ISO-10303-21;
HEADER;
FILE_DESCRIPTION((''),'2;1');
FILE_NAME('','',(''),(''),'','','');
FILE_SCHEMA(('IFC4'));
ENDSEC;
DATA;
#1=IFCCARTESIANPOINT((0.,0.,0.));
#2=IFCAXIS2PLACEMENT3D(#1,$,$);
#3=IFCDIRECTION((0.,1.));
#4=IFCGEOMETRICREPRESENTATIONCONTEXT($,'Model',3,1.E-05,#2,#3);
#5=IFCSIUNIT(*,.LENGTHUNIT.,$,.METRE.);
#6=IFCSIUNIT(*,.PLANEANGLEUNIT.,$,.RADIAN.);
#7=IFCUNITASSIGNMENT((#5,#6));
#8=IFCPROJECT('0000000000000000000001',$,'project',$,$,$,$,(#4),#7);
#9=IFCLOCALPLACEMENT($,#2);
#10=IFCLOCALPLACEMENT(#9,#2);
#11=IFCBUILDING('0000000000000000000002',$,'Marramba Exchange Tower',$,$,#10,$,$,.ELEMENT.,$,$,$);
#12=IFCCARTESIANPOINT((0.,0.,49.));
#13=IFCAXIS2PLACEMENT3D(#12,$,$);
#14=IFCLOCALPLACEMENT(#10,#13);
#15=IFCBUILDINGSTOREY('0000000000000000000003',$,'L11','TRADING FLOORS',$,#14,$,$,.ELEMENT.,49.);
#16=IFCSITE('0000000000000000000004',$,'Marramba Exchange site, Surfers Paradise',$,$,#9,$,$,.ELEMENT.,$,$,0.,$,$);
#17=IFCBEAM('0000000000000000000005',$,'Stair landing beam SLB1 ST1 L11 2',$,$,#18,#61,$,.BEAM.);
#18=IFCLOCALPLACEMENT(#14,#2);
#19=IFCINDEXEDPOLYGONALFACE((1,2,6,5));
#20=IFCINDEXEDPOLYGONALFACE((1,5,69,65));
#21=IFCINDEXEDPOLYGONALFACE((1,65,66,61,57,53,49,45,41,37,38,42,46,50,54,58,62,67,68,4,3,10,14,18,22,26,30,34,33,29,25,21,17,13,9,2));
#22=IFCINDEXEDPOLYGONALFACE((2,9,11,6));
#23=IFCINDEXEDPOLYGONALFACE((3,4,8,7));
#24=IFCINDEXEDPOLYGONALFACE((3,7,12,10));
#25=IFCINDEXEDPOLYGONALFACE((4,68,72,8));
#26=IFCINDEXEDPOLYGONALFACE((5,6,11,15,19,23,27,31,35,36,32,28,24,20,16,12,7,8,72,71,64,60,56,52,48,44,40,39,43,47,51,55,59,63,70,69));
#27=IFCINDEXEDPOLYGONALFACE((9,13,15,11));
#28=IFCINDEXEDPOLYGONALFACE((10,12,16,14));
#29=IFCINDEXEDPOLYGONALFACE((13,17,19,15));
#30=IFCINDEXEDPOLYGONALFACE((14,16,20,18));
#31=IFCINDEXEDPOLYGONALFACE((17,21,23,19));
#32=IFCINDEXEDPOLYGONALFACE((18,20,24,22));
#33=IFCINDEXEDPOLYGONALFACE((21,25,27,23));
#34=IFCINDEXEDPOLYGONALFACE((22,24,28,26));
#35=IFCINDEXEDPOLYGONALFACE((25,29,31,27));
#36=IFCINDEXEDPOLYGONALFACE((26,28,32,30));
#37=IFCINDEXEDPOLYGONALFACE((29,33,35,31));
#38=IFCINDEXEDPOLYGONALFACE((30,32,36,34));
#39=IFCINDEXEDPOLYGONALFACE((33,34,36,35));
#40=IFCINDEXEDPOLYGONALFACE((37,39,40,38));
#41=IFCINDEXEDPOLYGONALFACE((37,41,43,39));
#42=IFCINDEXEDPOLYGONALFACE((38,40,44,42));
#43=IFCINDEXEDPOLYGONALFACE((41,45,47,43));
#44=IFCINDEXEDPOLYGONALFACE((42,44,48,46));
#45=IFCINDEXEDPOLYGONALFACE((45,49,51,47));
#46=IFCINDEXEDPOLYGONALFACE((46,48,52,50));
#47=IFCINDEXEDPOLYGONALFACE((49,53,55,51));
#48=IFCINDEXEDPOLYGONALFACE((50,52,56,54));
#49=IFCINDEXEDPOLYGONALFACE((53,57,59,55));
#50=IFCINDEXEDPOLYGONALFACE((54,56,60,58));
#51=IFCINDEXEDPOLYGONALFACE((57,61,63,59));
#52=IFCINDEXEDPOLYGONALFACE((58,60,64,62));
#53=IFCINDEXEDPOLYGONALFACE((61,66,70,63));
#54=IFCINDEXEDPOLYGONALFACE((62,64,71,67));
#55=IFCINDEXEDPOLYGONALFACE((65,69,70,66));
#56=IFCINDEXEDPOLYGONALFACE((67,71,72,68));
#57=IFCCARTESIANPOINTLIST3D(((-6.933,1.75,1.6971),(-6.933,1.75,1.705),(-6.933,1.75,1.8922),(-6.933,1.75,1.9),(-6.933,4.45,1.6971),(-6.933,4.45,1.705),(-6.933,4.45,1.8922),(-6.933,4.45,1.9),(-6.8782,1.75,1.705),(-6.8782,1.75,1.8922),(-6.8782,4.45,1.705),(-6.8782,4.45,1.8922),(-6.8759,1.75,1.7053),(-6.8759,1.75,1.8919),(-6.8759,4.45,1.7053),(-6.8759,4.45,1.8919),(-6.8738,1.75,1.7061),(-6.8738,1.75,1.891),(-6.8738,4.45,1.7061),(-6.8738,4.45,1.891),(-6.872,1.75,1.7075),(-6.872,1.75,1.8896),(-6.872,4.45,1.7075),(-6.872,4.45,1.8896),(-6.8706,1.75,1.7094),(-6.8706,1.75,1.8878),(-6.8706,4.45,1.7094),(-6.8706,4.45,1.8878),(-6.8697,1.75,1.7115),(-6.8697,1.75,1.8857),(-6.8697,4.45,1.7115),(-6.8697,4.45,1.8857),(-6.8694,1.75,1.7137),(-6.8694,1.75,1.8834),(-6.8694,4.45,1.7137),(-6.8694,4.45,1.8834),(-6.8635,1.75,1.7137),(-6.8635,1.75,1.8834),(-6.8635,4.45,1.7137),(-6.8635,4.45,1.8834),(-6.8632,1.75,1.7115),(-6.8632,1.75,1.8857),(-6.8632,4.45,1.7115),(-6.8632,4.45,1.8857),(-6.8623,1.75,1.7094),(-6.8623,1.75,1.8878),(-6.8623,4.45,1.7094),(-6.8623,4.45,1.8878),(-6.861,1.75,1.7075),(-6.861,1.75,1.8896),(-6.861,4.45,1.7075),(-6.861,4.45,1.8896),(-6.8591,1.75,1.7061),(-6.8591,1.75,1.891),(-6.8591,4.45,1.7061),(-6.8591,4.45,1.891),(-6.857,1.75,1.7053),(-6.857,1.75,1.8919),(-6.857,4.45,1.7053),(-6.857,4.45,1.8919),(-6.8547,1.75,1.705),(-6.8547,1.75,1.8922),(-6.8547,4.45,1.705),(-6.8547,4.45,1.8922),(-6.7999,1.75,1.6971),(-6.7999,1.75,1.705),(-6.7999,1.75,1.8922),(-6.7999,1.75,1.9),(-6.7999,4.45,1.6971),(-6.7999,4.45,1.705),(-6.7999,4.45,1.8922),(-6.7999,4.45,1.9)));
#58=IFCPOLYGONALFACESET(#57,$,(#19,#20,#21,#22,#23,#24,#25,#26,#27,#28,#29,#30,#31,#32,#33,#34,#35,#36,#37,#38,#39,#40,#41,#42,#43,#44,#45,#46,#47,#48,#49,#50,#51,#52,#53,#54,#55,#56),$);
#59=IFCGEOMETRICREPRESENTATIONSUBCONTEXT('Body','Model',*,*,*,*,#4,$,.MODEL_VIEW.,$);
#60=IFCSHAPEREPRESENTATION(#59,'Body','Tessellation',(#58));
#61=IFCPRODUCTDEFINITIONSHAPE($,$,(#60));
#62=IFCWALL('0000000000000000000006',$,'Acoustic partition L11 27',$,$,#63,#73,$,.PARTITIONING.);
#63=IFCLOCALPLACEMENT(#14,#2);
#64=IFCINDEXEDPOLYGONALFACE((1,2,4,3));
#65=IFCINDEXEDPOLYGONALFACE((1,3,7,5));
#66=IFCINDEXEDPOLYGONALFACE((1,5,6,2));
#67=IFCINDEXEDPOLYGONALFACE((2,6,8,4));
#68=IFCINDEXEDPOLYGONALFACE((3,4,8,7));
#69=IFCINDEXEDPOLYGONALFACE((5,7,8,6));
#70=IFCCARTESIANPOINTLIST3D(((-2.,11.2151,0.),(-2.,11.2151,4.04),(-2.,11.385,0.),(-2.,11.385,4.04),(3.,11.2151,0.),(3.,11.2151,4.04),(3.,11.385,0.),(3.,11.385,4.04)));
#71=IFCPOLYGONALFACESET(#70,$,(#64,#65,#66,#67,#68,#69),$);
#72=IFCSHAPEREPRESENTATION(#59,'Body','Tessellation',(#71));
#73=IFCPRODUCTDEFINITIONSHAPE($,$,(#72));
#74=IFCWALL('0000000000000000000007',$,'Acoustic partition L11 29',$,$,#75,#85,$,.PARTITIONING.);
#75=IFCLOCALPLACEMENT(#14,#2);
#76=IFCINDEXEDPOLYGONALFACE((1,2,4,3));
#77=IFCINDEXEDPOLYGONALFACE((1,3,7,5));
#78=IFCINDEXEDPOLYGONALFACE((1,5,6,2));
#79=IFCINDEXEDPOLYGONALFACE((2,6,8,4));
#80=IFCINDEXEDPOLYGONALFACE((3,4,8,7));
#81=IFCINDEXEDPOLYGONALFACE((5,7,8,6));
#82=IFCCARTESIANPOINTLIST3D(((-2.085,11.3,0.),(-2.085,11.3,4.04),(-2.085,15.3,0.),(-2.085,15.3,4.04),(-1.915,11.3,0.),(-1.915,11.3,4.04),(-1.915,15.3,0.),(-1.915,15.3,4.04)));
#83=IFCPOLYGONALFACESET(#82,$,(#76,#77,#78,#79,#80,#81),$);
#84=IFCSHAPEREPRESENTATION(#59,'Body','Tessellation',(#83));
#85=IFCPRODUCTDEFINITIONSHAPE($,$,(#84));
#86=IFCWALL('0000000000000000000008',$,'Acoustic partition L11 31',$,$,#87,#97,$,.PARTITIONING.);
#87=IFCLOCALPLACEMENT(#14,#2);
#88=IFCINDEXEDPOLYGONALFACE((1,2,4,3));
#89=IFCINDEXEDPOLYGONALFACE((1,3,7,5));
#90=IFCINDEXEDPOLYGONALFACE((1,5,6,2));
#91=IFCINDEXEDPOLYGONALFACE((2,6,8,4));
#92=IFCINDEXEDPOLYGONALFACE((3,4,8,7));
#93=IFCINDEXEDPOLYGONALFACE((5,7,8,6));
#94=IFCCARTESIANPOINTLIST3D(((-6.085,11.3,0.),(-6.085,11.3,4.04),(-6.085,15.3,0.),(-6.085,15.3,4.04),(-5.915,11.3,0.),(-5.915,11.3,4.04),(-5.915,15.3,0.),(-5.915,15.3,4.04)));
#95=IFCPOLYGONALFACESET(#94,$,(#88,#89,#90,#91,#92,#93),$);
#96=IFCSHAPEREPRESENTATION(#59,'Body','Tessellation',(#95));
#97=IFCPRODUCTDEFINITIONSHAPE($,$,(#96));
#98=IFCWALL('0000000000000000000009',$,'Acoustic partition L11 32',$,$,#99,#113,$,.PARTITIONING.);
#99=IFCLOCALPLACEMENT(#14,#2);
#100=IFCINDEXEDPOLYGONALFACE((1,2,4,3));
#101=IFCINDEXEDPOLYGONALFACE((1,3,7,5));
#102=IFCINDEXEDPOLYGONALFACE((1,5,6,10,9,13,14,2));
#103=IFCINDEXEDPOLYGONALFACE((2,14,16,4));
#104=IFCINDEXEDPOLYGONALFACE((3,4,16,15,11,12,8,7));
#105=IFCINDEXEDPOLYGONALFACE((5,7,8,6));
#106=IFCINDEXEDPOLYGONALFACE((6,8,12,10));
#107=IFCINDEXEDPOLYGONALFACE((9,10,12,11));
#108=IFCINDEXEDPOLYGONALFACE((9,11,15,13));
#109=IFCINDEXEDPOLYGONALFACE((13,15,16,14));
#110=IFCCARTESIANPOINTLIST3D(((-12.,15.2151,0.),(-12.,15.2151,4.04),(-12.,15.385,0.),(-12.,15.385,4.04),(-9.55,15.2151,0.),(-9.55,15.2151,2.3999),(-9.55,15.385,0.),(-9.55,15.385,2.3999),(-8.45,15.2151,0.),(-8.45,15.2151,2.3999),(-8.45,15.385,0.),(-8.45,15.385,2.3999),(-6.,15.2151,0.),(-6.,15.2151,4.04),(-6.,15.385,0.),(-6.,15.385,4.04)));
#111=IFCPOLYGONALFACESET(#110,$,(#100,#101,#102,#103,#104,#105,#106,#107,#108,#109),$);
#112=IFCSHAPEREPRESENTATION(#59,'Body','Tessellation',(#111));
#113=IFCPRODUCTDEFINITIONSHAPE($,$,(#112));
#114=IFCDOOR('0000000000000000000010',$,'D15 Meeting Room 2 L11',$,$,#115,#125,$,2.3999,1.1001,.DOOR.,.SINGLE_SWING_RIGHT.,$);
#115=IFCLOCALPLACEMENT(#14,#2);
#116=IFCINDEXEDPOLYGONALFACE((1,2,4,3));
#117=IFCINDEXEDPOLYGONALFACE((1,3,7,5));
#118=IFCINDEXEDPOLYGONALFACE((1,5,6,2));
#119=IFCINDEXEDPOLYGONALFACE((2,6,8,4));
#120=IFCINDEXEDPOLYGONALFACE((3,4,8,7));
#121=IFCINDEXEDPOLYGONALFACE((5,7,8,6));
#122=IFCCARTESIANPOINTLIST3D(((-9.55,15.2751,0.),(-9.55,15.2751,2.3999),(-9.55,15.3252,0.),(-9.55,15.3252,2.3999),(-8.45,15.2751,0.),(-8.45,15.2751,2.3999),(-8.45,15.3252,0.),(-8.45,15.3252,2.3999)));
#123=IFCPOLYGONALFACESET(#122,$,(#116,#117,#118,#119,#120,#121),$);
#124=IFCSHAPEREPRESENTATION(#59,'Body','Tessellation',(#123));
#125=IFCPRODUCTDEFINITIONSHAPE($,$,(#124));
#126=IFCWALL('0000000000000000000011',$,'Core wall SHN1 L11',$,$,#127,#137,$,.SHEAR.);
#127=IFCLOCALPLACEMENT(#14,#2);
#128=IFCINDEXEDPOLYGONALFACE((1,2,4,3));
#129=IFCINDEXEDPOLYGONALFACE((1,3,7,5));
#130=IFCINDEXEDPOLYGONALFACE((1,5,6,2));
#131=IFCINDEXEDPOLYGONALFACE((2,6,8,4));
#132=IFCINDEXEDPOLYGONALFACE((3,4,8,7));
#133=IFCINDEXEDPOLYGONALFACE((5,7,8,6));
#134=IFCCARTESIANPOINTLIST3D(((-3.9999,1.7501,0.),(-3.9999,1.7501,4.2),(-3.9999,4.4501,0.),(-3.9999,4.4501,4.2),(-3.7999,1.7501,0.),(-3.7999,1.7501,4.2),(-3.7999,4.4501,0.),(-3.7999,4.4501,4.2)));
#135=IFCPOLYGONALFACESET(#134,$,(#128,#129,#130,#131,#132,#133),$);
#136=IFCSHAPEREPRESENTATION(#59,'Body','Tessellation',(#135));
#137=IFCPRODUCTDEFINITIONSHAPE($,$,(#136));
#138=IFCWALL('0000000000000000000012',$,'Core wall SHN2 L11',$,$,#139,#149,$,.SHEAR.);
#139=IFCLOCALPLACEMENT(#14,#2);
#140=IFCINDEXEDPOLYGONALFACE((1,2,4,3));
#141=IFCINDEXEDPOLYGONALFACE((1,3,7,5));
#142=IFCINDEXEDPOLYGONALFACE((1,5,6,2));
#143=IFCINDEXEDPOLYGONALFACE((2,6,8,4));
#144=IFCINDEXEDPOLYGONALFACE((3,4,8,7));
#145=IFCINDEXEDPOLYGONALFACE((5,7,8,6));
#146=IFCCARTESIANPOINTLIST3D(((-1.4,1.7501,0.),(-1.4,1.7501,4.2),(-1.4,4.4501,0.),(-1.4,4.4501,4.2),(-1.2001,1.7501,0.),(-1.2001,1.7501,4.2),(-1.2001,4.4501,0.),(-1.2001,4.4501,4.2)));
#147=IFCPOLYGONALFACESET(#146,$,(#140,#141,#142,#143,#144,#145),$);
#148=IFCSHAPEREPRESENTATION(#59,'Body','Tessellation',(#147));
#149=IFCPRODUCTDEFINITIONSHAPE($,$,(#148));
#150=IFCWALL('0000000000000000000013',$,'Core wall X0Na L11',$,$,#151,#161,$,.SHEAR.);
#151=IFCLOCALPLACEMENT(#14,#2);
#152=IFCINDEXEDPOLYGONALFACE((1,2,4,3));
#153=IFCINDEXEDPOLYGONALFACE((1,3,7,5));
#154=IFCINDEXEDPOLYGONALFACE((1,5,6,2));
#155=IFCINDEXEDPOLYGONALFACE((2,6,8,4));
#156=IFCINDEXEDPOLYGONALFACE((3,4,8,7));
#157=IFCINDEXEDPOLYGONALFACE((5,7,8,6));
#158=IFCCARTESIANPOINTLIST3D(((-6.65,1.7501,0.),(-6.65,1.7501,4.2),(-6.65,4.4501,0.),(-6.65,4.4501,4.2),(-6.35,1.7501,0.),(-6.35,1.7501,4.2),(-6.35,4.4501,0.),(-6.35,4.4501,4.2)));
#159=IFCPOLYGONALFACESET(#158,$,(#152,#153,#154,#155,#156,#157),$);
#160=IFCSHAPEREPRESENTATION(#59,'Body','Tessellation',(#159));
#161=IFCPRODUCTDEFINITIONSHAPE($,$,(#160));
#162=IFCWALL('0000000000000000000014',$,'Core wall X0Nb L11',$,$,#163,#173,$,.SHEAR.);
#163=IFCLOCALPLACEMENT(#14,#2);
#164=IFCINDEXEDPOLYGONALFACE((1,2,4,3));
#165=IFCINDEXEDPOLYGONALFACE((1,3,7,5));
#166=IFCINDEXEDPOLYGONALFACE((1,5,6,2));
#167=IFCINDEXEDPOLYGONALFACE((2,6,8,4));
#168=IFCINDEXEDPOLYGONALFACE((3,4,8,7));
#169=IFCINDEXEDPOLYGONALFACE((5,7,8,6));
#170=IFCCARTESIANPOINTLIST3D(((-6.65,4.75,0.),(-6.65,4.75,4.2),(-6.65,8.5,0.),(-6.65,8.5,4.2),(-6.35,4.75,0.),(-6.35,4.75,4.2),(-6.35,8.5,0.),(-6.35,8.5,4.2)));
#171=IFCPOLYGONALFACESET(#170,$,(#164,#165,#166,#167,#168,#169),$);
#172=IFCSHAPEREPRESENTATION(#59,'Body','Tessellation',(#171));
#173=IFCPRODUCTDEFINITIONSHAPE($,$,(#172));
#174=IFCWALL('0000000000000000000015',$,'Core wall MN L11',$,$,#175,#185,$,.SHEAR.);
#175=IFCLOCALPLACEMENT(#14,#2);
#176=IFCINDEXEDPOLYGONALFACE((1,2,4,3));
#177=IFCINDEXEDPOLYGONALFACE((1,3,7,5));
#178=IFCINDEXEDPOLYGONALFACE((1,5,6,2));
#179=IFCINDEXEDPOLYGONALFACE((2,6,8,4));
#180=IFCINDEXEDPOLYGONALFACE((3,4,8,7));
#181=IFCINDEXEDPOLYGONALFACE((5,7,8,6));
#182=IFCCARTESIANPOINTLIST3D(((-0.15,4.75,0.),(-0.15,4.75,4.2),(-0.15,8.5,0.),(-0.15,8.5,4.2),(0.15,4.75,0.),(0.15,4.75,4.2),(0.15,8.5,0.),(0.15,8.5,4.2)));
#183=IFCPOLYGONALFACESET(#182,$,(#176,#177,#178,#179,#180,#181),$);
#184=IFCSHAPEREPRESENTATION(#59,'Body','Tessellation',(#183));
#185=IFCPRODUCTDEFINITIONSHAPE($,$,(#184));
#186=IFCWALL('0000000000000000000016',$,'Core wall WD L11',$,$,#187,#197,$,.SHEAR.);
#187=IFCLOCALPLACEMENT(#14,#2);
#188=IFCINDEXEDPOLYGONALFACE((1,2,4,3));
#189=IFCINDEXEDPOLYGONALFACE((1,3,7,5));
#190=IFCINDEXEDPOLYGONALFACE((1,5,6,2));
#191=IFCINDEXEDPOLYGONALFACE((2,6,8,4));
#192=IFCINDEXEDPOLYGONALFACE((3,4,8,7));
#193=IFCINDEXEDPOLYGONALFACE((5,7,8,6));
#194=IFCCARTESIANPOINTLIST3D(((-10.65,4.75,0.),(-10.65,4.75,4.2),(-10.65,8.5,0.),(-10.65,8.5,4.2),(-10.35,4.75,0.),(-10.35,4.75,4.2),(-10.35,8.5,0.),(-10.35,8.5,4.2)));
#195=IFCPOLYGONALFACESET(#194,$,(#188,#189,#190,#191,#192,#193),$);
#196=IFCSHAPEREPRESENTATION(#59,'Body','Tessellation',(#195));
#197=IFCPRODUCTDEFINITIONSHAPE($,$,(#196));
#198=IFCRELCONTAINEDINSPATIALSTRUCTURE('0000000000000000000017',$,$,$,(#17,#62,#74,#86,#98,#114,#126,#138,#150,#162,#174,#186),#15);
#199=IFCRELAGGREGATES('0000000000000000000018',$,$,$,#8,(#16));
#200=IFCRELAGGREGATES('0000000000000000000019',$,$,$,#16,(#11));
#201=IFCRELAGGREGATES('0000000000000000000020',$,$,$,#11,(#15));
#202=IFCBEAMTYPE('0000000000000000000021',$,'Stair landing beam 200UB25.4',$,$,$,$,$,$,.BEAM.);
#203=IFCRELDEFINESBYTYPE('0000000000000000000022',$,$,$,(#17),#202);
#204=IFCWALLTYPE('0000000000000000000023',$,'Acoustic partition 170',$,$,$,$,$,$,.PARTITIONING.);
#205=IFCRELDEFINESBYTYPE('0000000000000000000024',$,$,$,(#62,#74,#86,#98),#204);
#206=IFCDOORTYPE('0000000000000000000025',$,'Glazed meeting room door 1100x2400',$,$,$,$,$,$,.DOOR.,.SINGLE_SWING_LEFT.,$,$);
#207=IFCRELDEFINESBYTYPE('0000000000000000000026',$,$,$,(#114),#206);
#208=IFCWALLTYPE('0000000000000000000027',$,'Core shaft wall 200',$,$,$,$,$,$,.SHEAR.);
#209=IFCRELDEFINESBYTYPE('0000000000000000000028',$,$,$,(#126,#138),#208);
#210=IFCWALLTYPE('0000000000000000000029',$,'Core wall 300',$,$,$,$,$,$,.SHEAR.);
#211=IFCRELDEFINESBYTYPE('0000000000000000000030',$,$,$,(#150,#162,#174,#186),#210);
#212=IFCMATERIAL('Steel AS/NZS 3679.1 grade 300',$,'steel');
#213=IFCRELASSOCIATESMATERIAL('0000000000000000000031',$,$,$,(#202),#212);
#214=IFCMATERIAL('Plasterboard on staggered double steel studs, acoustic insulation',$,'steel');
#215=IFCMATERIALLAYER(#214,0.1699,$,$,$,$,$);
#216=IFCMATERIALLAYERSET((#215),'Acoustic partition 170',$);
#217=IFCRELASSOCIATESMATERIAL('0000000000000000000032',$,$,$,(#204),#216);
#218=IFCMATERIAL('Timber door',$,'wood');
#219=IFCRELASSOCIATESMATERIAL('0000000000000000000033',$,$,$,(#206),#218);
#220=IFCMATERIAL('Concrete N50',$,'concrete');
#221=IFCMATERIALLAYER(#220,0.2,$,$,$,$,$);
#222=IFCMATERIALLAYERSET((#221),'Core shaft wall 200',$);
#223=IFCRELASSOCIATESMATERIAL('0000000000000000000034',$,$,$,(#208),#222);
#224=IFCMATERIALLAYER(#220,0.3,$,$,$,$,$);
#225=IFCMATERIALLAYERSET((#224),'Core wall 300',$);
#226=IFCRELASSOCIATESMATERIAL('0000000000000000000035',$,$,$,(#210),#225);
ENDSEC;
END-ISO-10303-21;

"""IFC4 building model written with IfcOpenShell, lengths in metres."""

from ifc_helpers import new_model, si_unit, direction, frame, frame_2d, origin, origin_2d, place, context, subcontext, project, spatial, rectangle, i_section, extrude, material, layer, layer_set, material_profile, profile_set, type_object, element, fill, save


model = new_model("IFC4")

# Units and contexts
model_context = context("Model", 3, precision=1e-05, world=origin(), true_north=direction((0.0, 1.0)))
body_context = subcontext(model_context, "Body", "Model", "MODEL_VIEW")
ifc_project = project(units=[si_unit("LENGTHUNIT", "METRE"), si_unit("PLANEANGLEUNIT", "RADIAN")], contexts=[model_context])

# Site, building, storey
site_placement = place(None, origin())
site = spatial("IfcSite", under=ifc_project, at=site_placement, Name="Marramba Exchange site, Surfers Paradise", CompositionType="ELEMENT", RefElevation=0.0)
building_placement = place(site_placement, origin())
building = spatial("IfcBuilding", under=site, at=building_placement, Name="Marramba Exchange Tower", CompositionType="ELEMENT")
storey_placement = place(building_placement, frame((0.0, 0.0, 49.0)))
storey = spatial("IfcBuildingStorey", under=building, at=storey_placement, Name="L11", Description="TRADING FLOORS", CompositionType="ELEMENT", Elevation=49.0)

# Beam
ifc_material_1 = material(Name="Steel AS/NZS 3679.1 grade 300", Category="steel")
ifc_material_profile_1 = material_profile(ifc_material_1, i_section(OverallWidth=0.1331, OverallDepth=0.2029, WebThickness=0.0059, FlangeThickness=0.0078, FilletRadius=0.0088, at=origin_2d()), Name="200UB25.4")
ifc_profile_set_1 = profile_set([ifc_material_profile_1], Name="Steel AS/NZS 3679.1 grade 300")
beam_type_1 = type_object("IfcBeamType", Name="Stair landing beam 200UB25.4", PredefinedType="BEAM", material=ifc_profile_set_1)
for number, where, z_axis, x_axis, name in (
    (1, (-6.8665, 1.75, 1.7986), (0.0, 1.0, 0.0), (-1.0, 0.0, 0.0), "Stair landing beam SLB1 ST1 L11 2"),
):
    element("IfcBeam", number, at=place(storey_placement, frame(where, z_axis=z_axis, x_axis=x_axis)), inside=storey, type_object=beam_type_1, Name=name, PredefinedType="BEAM", context=body_context, shape_type="SweptSolid", body=[
        extrude(i_section(OverallWidth=0.1331, OverallDepth=0.2029, WebThickness=0.0059, FlangeThickness=0.0078, FilletRadius=0.0088, at=origin_2d()), origin(), (0.0, 0.0, 1.0), 2.7),
    ])

# Walls
ifc_material_2 = material(Name="Plasterboard on staggered double steel studs, acoustic insulation", Category="steel")
ifc_layer_1 = layer(ifc_material_2, 0.1699)
ifc_layer_set_1 = layer_set([ifc_layer_1], Name="Acoustic partition 170")
wall_type_1 = type_object("IfcWallType", Name="Acoustic partition 170", PredefinedType="PARTITIONING", material=ifc_layer_set_1)
wall_1_placement = place(storey_placement, frame((-2.0, 11.3, 0.0), z_axis=(0.0, 0.0, 1.0), x_axis=(1.0, 0.0, 0.0)))
element("IfcWall", 2, at=wall_1_placement, inside=storey, type_object=wall_type_1, Name="Acoustic partition L11 27", PredefinedType="PARTITIONING", context=body_context, shape_type="SweptSolid", body=[
    extrude(rectangle(XDim=5.0, YDim=0.1699, at=frame_2d((2.5, 0.0))), origin(), (0.0, 0.0, 1.0), 4.04),
])
for number, where, z_axis, x_axis, name in (
    (3, (-2.0, 15.3, 0.0), (0.0, 0.0, 1.0), (0.0, -1.0, 0.0), "Acoustic partition L11 29"),
    (4, (-6.0, 11.3, 0.0), (0.0, 0.0, 1.0), (0.0, 1.0, 0.0), "Acoustic partition L11 31"),
):
    element("IfcWall", number, at=place(storey_placement, frame(where, z_axis=z_axis, x_axis=x_axis)), inside=storey, type_object=wall_type_1, Name=name, PredefinedType="PARTITIONING", context=body_context, shape_type="SweptSolid", body=[
        extrude(rectangle(XDim=4.0, YDim=0.1699, at=frame_2d((2.0, 0.0))), origin(), (0.0, 0.0, 1.0), 4.04),
    ])

# Wall, opening, door
wall_2_placement = place(storey_placement, frame((-6.0, 15.3, 0.0), z_axis=(0.0, 0.0, 1.0), x_axis=(-1.0, 0.0, 0.0)))
wall_2 = element("IfcWall", 5, at=wall_2_placement, inside=storey, type_object=wall_type_1, Name="Acoustic partition L11 32", PredefinedType="PARTITIONING", context=body_context, shape_type="SweptSolid", body=[
    extrude(rectangle(XDim=6.0, YDim=0.1699, at=frame_2d((3.0, 0.0))), origin(), (0.0, 0.0, 1.0), 4.04),
])
opening_1_placement = place(wall_2_placement, frame((2.45, 0.0, 0.0)))
opening_1 = element("IfcOpeningElement", 6, at=opening_1_placement, cuts=wall_2, PredefinedType="OPENING", context=body_context, shape_type="SweptSolid", body=[
    extrude(rectangle(XDim=1.1001, YDim=2.3999, at=frame_2d((0.55, 1.2))), frame((0.0, 0.095, 0.0), z_axis=(0.0, -1.0, 0.0), x_axis=(1.0, 0.0, 0.0)), (0.0, 0.0, 1.0), 0.1899),
])
ifc_material_3 = material(Name="Timber door", Category="wood")
door_type_1 = type_object("IfcDoorType", Name="Glazed meeting room door 1100x2400", OperationType="SINGLE_SWING_LEFT", PredefinedType="DOOR", material=ifc_material_3)
door_1_placement = place(opening_1_placement, origin())
door_1 = element("IfcDoor", 7, at=door_1_placement, inside=storey, type_object=door_type_1, Name="D15 Meeting Room 2 L11", OperationType="SINGLE_SWING_RIGHT", OverallHeight=2.3999, OverallWidth=1.1001, PredefinedType="DOOR", context=body_context, shape_type="SweptSolid", body=[
    extrude(rectangle(XDim=1.1001, YDim=2.3999, at=frame_2d((0.55, 1.2))), frame((0.0, 0.0249, 0.0), z_axis=(0.0, -1.0, 0.0), x_axis=(1.0, 0.0, 0.0)), (0.0, 0.0, 1.0), 0.05),
])
fill(opening_1, door_1)

# Walls
ifc_material_4 = material(Name="Concrete N50", Category="concrete")
ifc_layer_2 = layer(ifc_material_4, 0.2)
ifc_layer_set_2 = layer_set([ifc_layer_2], Name="Core shaft wall 200")
wall_type_2 = type_object("IfcWallType", Name="Core shaft wall 200", PredefinedType="SHEAR", material=ifc_layer_set_2)
for number, where, z_axis, x_axis, name in (
    (8, (-3.8999, 1.75, 0.0), (0.0, 0.0, 1.0), (0.0, 1.0, 0.0), "Core wall SHN1 L11"),
    (9, (-1.3, 1.75, 0.0), (0.0, 0.0, 1.0), (0.0, 1.0, 0.0), "Core wall SHN2 L11"),
):
    element("IfcWall", number, at=place(storey_placement, frame(where, z_axis=z_axis, x_axis=x_axis)), inside=storey, type_object=wall_type_2, Name=name, PredefinedType="SHEAR", context=body_context, shape_type="SweptSolid", body=[
        extrude(rectangle(XDim=2.7, YDim=0.2, at=frame_2d((1.3501, 0.0))), origin(), (0.0, 0.0, 1.0), 4.2),
    ])
ifc_layer_3 = layer(ifc_material_4, 0.3)
ifc_layer_set_3 = layer_set([ifc_layer_3], Name="Core wall 300")
wall_type_3 = type_object("IfcWallType", Name="Core wall 300", PredefinedType="SHEAR", material=ifc_layer_set_3)
wall_3_placement = place(storey_placement, frame((-6.5, 1.75, 0.0), z_axis=(0.0, 0.0, 1.0), x_axis=(0.0, 1.0, 0.0)))
element("IfcWall", 10, at=wall_3_placement, inside=storey, type_object=wall_type_3, Name="Core wall X0Na L11", PredefinedType="SHEAR", context=body_context, shape_type="SweptSolid", body=[
    extrude(rectangle(XDim=2.7, YDim=0.3, at=frame_2d((1.3501, 0.0))), origin(), (0.0, 0.0, 1.0), 4.2),
])
for number, where, z_axis, x_axis, name in (
    (11, (-6.5, 4.75, 0.0), (0.0, 0.0, 1.0), (0.0, 1.0, 0.0), "Core wall X0Nb L11"),
    (12, (0.0, 4.75, 0.0), (0.0, 0.0, 1.0), (0.0, 1.0, 0.0), "Core wall MN L11"),
    (13, (-10.5, 4.75, 0.0), (0.0, 0.0, 1.0), (0.0, 1.0, 0.0), "Core wall WD L11"),
):
    element("IfcWall", number, at=place(storey_placement, frame(where, z_axis=z_axis, x_axis=x_axis)), inside=storey, type_object=wall_type_3, Name=name, PredefinedType="SHEAR", context=body_context, shape_type="SweptSolid", body=[
        extrude(rectangle(XDim=3.75, YDim=0.3, at=frame_2d((1.875, 0.0))), origin(), (0.0, 0.0, 1.0), 4.2),
    ])

save(model, "model.ifc")
